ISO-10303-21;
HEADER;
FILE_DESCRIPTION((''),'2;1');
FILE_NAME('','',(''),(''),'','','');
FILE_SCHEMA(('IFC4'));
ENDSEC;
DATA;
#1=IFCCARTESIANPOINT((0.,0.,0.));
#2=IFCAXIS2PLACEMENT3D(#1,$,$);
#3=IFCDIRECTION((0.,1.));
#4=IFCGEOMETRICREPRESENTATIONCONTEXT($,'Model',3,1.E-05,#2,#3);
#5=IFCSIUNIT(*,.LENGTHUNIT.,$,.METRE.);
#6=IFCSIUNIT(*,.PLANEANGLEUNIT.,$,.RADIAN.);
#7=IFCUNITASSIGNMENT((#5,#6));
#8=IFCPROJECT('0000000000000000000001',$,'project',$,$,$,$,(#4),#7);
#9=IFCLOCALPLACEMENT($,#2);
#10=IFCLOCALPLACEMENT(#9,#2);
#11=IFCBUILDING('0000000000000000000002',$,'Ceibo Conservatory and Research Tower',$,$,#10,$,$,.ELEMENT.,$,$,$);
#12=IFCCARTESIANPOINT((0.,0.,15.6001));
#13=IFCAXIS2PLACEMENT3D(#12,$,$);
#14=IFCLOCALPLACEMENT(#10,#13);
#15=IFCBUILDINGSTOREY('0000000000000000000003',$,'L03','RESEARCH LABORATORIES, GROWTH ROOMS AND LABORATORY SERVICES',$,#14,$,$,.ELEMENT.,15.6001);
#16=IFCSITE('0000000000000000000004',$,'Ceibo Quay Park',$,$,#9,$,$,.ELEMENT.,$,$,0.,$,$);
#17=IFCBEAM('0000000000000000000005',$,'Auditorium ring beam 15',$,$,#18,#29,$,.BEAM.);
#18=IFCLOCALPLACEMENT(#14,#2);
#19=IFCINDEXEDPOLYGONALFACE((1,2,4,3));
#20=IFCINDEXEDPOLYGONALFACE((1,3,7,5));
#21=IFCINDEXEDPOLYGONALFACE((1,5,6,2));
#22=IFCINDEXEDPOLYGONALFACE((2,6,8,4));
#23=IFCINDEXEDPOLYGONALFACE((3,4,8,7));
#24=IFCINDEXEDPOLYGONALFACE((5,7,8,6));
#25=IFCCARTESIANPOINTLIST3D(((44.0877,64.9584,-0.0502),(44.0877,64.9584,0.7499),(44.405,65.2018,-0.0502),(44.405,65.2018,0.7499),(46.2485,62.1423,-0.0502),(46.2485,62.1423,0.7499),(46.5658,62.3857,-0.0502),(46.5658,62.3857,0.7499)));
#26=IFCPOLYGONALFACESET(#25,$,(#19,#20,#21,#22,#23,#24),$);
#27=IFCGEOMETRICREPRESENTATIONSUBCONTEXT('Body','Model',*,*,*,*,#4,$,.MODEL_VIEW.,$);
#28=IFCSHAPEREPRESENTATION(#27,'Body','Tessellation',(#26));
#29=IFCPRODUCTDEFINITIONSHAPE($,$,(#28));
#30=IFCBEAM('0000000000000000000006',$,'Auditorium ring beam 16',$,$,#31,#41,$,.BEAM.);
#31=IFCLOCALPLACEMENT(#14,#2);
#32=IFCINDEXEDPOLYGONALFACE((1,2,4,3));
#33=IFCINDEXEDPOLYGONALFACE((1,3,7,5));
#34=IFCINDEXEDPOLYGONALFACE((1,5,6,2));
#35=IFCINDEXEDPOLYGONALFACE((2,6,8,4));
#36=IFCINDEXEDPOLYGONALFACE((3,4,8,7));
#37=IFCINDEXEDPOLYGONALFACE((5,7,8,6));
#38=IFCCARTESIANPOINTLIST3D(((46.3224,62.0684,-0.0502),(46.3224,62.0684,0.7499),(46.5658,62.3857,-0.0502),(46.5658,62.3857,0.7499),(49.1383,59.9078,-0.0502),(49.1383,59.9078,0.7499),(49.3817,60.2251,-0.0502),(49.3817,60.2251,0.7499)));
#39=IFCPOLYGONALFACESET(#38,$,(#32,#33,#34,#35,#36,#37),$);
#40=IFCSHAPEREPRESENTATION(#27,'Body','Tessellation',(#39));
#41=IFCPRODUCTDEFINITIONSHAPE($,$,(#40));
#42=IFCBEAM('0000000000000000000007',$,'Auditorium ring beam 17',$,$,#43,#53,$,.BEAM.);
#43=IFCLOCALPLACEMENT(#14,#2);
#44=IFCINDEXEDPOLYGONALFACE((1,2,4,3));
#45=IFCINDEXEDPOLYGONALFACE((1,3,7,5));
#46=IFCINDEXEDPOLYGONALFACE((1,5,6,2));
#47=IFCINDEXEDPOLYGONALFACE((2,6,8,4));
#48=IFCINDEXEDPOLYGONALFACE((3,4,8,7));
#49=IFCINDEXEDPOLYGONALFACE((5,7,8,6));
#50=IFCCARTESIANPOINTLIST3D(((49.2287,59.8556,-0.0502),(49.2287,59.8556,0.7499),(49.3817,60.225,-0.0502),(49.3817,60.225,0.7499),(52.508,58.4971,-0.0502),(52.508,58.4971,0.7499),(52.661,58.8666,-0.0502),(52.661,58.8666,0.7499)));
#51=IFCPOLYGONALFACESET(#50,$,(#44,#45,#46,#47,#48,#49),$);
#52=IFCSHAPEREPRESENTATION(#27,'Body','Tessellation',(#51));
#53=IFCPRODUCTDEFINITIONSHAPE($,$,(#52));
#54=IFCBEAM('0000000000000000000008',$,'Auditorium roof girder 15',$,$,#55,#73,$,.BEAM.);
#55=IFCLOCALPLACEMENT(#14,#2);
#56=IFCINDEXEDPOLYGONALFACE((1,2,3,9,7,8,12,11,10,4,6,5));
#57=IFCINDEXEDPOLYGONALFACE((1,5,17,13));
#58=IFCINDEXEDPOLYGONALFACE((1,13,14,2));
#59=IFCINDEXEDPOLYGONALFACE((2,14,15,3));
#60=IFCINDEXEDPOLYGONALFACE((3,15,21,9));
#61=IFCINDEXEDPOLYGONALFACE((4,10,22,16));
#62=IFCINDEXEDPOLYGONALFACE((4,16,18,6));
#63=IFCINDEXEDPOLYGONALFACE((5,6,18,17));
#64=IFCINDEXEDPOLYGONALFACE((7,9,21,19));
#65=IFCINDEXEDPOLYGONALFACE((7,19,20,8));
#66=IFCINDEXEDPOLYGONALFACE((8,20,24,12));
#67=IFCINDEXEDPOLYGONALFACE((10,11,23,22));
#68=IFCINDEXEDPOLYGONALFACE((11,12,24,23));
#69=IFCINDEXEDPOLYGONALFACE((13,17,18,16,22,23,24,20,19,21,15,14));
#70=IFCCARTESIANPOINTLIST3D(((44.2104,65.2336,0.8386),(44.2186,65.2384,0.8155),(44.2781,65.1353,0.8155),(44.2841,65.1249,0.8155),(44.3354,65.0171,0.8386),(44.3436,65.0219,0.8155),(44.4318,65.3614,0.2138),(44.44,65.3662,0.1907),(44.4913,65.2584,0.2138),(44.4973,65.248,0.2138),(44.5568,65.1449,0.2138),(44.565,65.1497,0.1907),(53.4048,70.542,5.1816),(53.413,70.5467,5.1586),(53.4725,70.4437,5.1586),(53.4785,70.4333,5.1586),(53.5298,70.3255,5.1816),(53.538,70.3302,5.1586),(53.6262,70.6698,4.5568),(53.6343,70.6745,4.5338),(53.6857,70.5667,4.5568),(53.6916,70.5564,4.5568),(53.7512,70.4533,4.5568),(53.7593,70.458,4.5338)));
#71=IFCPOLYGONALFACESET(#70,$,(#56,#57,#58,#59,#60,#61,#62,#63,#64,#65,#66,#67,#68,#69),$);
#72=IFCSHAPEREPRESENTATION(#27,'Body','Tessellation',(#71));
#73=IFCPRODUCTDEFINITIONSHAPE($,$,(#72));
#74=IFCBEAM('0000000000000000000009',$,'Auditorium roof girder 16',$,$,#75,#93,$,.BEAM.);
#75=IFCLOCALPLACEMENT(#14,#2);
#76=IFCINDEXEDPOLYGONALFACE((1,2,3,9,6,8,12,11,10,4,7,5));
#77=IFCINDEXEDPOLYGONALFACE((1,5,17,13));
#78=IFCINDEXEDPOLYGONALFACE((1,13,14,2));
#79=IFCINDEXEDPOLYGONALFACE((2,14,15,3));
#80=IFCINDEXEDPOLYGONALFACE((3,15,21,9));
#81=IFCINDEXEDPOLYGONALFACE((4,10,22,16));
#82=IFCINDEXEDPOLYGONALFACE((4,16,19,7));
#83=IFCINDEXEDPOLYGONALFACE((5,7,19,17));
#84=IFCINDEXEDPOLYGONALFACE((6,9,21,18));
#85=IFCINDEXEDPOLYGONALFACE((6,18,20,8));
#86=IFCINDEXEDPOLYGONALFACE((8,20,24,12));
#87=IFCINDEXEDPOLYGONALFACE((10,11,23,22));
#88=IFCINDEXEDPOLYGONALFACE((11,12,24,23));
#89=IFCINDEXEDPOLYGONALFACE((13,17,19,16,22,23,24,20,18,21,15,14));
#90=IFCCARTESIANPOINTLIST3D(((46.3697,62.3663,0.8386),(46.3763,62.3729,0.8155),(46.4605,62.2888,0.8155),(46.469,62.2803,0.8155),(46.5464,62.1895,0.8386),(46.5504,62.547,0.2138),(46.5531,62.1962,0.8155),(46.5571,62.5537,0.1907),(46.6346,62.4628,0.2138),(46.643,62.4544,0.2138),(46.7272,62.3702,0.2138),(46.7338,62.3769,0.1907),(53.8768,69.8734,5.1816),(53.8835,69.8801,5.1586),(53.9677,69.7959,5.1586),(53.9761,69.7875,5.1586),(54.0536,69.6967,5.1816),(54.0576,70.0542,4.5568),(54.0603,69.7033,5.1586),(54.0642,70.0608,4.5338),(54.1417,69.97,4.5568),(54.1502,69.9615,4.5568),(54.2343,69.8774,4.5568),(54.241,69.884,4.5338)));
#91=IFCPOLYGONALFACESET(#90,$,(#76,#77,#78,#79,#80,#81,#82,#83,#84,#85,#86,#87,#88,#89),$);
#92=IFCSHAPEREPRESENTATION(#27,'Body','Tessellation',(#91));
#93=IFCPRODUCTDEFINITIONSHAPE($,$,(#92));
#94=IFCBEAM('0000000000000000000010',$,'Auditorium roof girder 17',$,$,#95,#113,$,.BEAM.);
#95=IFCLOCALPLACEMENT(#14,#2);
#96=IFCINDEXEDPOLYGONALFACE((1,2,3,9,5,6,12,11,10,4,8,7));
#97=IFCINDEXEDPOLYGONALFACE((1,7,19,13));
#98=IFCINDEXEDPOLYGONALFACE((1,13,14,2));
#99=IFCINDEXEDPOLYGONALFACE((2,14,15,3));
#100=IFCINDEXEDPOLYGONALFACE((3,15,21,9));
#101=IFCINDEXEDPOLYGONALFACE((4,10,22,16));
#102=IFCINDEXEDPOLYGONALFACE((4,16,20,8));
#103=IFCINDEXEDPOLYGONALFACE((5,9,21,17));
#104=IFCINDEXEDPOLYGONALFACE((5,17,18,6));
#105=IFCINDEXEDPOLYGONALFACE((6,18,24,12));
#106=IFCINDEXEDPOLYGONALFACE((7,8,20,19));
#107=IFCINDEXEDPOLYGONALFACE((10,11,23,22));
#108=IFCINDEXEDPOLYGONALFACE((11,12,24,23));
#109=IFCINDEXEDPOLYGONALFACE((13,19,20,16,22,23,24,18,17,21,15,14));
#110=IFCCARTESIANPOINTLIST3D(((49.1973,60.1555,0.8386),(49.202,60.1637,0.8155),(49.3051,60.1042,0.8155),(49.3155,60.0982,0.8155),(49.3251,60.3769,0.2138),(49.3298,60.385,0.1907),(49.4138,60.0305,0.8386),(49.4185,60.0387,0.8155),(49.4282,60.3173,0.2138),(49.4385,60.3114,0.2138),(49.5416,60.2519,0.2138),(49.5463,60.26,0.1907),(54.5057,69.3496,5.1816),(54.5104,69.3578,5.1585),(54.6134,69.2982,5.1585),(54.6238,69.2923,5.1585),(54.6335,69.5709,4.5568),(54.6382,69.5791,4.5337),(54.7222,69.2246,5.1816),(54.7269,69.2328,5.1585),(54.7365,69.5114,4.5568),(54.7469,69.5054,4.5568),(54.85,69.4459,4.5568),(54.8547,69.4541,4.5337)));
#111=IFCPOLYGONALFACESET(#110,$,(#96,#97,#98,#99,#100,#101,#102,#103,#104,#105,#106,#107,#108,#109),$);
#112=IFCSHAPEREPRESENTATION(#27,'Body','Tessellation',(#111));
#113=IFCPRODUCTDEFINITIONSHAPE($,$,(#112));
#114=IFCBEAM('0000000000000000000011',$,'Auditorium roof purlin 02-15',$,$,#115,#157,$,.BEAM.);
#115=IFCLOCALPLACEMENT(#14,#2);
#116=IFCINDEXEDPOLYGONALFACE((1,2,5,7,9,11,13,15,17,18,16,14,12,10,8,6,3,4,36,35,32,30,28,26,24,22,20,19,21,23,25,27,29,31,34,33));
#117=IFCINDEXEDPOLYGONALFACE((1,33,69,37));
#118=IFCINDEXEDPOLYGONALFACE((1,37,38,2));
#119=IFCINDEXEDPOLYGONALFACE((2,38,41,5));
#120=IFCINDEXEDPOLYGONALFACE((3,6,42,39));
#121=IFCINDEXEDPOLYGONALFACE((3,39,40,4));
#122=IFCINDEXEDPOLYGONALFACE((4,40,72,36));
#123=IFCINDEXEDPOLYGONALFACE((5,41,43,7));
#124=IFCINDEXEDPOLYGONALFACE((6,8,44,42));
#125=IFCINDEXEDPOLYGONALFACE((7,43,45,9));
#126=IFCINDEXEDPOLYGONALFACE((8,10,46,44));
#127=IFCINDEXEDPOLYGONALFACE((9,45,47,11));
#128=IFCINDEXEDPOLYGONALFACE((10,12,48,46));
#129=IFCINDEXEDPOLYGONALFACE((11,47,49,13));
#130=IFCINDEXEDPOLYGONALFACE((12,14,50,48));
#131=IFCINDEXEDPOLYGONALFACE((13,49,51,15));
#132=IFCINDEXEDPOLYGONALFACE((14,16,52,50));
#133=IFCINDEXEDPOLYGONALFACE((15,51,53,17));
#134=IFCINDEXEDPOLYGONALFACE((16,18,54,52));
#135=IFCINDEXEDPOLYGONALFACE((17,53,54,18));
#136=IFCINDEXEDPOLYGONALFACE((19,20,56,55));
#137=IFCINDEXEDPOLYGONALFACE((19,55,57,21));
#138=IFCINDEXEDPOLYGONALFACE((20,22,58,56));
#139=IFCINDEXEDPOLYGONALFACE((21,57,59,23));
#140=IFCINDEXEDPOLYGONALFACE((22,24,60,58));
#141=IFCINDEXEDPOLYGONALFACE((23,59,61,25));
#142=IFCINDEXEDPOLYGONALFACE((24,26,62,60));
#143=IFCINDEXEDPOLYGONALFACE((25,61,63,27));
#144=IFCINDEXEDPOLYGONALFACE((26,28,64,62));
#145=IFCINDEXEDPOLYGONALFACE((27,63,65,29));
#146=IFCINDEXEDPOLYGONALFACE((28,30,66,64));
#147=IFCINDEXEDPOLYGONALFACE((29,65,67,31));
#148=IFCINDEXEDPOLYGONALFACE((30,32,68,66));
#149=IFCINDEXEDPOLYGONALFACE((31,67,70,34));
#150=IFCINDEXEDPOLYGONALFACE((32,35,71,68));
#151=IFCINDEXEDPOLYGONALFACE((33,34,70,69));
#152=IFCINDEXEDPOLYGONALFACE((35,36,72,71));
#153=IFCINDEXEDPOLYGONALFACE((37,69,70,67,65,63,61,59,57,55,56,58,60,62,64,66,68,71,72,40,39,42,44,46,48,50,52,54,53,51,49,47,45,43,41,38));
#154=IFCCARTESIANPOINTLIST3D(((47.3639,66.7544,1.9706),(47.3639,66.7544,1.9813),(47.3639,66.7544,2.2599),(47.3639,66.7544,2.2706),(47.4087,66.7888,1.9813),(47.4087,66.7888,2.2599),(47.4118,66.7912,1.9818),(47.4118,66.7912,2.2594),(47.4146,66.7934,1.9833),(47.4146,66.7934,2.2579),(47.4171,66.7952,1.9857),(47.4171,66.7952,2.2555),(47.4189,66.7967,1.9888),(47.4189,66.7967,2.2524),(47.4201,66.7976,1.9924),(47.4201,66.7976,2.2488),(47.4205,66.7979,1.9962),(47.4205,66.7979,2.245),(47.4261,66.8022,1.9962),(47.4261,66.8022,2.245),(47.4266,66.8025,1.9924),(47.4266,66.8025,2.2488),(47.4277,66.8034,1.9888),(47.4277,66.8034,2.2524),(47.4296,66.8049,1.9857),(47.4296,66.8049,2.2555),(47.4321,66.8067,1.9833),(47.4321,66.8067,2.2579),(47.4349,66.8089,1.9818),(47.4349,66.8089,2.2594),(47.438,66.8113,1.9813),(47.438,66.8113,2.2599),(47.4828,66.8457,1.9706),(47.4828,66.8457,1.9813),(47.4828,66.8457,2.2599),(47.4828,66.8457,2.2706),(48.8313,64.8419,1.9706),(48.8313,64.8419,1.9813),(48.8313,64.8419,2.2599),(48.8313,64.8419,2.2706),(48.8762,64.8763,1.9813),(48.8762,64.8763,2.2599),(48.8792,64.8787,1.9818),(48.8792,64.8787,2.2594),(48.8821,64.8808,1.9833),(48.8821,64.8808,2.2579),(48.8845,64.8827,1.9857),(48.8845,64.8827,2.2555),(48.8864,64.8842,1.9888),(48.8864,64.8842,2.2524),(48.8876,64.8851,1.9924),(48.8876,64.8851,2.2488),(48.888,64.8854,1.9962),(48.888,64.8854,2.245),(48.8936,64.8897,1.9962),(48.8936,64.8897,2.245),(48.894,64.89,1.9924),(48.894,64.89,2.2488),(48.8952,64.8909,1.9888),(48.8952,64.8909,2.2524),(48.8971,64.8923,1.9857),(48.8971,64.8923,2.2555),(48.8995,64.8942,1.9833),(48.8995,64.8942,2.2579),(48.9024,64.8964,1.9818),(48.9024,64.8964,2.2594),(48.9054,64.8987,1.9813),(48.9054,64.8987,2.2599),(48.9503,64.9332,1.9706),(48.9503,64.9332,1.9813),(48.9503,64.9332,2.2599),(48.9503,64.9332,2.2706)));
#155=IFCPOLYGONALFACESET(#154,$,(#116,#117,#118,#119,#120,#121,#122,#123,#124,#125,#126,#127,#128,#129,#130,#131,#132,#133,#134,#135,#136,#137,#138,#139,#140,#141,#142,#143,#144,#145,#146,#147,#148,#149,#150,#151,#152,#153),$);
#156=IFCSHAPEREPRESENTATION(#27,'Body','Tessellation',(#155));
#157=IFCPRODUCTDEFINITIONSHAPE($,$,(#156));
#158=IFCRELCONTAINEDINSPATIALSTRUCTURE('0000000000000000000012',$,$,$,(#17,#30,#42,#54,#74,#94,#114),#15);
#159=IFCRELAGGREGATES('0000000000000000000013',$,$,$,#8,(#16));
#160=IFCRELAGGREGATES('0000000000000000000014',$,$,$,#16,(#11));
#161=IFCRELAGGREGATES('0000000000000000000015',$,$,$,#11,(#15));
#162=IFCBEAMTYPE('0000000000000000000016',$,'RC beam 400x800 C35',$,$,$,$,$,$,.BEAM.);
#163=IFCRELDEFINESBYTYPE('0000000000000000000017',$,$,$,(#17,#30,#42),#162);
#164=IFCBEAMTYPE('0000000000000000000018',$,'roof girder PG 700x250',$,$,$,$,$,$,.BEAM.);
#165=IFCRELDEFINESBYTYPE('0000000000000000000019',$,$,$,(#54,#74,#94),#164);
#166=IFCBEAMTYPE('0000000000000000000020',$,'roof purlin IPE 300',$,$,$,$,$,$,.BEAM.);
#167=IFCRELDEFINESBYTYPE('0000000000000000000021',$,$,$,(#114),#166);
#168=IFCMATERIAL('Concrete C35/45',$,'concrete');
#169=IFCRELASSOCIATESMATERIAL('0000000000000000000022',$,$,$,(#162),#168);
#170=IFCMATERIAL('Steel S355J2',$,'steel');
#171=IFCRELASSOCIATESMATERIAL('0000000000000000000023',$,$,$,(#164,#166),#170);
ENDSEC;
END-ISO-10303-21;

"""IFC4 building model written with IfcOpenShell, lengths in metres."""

from ifc_helpers import new_model, si_unit, direction, frame, origin, origin_2d, place, context, subcontext, project, spatial, rectangle, i_section, extrude, material, material_profile, profile_set, type_object, element, save


model = new_model("IFC4")

# Units and contexts
model_context = context("Model", 3, precision=1e-05, world=origin(), true_north=direction((0.0, 1.0)))
body_context = subcontext(model_context, "Body", "Model", "MODEL_VIEW")
ifc_project = project(units=[si_unit("LENGTHUNIT", "METRE"), si_unit("PLANEANGLEUNIT", "RADIAN")], contexts=[model_context])

# Site, building, storey
site_placement = place(None, origin())
site = spatial("IfcSite", under=ifc_project, at=site_placement, Name="Ceibo Quay Park", CompositionType="ELEMENT", RefElevation=0.0)
building_placement = place(site_placement, origin())
building = spatial("IfcBuilding", under=site, at=building_placement, Name="Ceibo Conservatory and Research Tower", CompositionType="ELEMENT")
storey_placement = place(building_placement, frame((0.0, 0.0, 15.6001)))
storey = spatial("IfcBuildingStorey", under=building, at=storey_placement, Name="L03", Description="RESEARCH LABORATORIES, GROWTH ROOMS AND LABORATORY SERVICES", CompositionType="ELEMENT", Elevation=15.6001)

# Beams
ifc_material_1 = material(Name="Concrete C35/45", Category="concrete")
ifc_material_profile_1 = material_profile(ifc_material_1, rectangle(XDim=0.3999, YDim=0.8, at=origin_2d()), Name="RC 400x800")
ifc_profile_set_1 = profile_set([ifc_material_profile_1], Name="Concrete C35/45")
beam_type_1 = type_object("IfcBeamType", Name="RC beam 400x800 C35", PredefinedType="BEAM", material=ifc_profile_set_1)
beam_1_placement = place(storey_placement, frame((44.2463, 65.0801, 0.3499), z_axis=(0.608756, -0.793357, 0.0), x_axis=(0.793357, 0.608756, 0.0)))
element("IfcBeam", 1, at=beam_1_placement, inside=storey, type_object=beam_type_1, Name="Auditorium ring beam 15", PredefinedType="BEAM", context=body_context, shape_type="SweptSolid", body=[
    extrude(rectangle(XDim=0.3999, YDim=0.8, at=origin_2d()), origin(), (0.0, 0.0, 1.0), 3.5496),
])
beam_2_placement = place(storey_placement, frame((46.4441, 62.2271, 0.3499), z_axis=(0.793365, -0.608746, 0.0), x_axis=(0.608746, 0.793365, 0.0)))
element("IfcBeam", 2, at=beam_2_placement, inside=storey, type_object=beam_type_1, Name="Auditorium ring beam 16", PredefinedType="BEAM", context=body_context, shape_type="SweptSolid", body=[
    extrude(rectangle(XDim=0.3999, YDim=0.8, at=origin_2d()), origin(), (0.0, 0.0, 1.0), 3.5493),
])
beam_3_placement = place(storey_placement, frame((49.3052, 60.0403, 0.3499), z_axis=(0.923873, -0.3827, 0.0), x_axis=(0.3827, 0.923873, 0.0)))
element("IfcBeam", 3, at=beam_3_placement, inside=storey, type_object=beam_type_1, Name="Auditorium ring beam 17", PredefinedType="BEAM", context=body_context, shape_type="SweptSolid", body=[
    extrude(rectangle(XDim=0.3999, YDim=0.8, at=origin_2d()), origin(), (0.0, 0.0, 1.0), 3.5496),
])
ifc_material_2 = material(Name="Steel S355J2", Category="steel")
ifc_material_profile_2 = material_profile(ifc_material_2, i_section(OverallWidth=0.25, OverallDepth=0.7, WebThickness=0.012, FlangeThickness=0.0249, at=origin_2d()), Name="PG 700x250")
ifc_profile_set_2 = profile_set([ifc_material_profile_2], Name="Steel S355J2")
beam_type_2 = type_object("IfcBeamType", Name="roof girder PG 700x250", PredefinedType="BEAM", material=ifc_profile_set_2)
for number, where, z_axis, x_axis, name in (
    (4, (44.3877, 65.1917, 0.5146), (0.801552, 0.462776, 0.378619), (-0.5, 0.866026, 0.0), "Auditorium roof girder 15"),
    (5, (46.5518, 62.3716, 0.5146), (0.654464, 0.654464, 0.378622), (-0.707107, 0.707107, 0.0), "Auditorium roof girder 16"),
):
    element("IfcBeam", number, at=place(storey_placement, frame(where, z_axis=z_axis, x_axis=x_axis)), inside=storey, type_object=beam_type_2, Name=name, PredefinedType="BEAM", context=body_context, shape_type="SweptSolid", body=[
        extrude(i_section(OverallWidth=0.25, OverallDepth=0.7, WebThickness=0.012, FlangeThickness=0.0249, at=origin_2d()), origin(), (0.0, 0.0, 1.0), 11.4707),
    ])
beam_4_placement = place(storey_placement, frame((49.3718, 60.2078, 0.5146), z_axis=(0.462784, 0.801544, 0.378626), x_axis=(-0.86602, 0.50001, 0.0)))
element("IfcBeam", 6, at=beam_4_placement, inside=storey, type_object=beam_type_2, Name="Auditorium roof girder 17", PredefinedType="BEAM", context=body_context, shape_type="SweptSolid", body=[
    extrude(i_section(OverallWidth=0.25, OverallDepth=0.7, WebThickness=0.012, FlangeThickness=0.0249, at=origin_2d()), origin(), (0.0, 0.0, 1.0), 11.4705),
])
ifc_material_profile_3 = material_profile(ifc_material_2, i_section(OverallWidth=0.1499, OverallDepth=0.3, WebThickness=0.0071, FlangeThickness=0.0107, FilletRadius=0.0149, at=origin_2d()), Name="IPE 300")
ifc_profile_set_3 = profile_set([ifc_material_profile_3], Name="Steel S355J2")
beam_type_3 = type_object("IfcBeamType", Name="roof purlin IPE 300", PredefinedType="BEAM", material=ifc_profile_set_3)
beam_5_placement = place(storey_placement, frame((47.4233, 66.8, 2.1206), z_axis=(0.608746, -0.793365, 0.0), x_axis=(0.793365, 0.608746, 0.0)))
element("IfcBeam", 7, at=beam_5_placement, inside=storey, type_object=beam_type_3, Name="Auditorium roof purlin 02-15", PredefinedType="BEAM", context=body_context, shape_type="SweptSolid", body=[
    extrude(i_section(OverallWidth=0.1499, OverallDepth=0.3, WebThickness=0.0071, FlangeThickness=0.0107, FilletRadius=0.0149, at=origin_2d()), origin(), (0.0, 0.0, 1.0), 2.4106),
])

save(model, "model.ifc")
